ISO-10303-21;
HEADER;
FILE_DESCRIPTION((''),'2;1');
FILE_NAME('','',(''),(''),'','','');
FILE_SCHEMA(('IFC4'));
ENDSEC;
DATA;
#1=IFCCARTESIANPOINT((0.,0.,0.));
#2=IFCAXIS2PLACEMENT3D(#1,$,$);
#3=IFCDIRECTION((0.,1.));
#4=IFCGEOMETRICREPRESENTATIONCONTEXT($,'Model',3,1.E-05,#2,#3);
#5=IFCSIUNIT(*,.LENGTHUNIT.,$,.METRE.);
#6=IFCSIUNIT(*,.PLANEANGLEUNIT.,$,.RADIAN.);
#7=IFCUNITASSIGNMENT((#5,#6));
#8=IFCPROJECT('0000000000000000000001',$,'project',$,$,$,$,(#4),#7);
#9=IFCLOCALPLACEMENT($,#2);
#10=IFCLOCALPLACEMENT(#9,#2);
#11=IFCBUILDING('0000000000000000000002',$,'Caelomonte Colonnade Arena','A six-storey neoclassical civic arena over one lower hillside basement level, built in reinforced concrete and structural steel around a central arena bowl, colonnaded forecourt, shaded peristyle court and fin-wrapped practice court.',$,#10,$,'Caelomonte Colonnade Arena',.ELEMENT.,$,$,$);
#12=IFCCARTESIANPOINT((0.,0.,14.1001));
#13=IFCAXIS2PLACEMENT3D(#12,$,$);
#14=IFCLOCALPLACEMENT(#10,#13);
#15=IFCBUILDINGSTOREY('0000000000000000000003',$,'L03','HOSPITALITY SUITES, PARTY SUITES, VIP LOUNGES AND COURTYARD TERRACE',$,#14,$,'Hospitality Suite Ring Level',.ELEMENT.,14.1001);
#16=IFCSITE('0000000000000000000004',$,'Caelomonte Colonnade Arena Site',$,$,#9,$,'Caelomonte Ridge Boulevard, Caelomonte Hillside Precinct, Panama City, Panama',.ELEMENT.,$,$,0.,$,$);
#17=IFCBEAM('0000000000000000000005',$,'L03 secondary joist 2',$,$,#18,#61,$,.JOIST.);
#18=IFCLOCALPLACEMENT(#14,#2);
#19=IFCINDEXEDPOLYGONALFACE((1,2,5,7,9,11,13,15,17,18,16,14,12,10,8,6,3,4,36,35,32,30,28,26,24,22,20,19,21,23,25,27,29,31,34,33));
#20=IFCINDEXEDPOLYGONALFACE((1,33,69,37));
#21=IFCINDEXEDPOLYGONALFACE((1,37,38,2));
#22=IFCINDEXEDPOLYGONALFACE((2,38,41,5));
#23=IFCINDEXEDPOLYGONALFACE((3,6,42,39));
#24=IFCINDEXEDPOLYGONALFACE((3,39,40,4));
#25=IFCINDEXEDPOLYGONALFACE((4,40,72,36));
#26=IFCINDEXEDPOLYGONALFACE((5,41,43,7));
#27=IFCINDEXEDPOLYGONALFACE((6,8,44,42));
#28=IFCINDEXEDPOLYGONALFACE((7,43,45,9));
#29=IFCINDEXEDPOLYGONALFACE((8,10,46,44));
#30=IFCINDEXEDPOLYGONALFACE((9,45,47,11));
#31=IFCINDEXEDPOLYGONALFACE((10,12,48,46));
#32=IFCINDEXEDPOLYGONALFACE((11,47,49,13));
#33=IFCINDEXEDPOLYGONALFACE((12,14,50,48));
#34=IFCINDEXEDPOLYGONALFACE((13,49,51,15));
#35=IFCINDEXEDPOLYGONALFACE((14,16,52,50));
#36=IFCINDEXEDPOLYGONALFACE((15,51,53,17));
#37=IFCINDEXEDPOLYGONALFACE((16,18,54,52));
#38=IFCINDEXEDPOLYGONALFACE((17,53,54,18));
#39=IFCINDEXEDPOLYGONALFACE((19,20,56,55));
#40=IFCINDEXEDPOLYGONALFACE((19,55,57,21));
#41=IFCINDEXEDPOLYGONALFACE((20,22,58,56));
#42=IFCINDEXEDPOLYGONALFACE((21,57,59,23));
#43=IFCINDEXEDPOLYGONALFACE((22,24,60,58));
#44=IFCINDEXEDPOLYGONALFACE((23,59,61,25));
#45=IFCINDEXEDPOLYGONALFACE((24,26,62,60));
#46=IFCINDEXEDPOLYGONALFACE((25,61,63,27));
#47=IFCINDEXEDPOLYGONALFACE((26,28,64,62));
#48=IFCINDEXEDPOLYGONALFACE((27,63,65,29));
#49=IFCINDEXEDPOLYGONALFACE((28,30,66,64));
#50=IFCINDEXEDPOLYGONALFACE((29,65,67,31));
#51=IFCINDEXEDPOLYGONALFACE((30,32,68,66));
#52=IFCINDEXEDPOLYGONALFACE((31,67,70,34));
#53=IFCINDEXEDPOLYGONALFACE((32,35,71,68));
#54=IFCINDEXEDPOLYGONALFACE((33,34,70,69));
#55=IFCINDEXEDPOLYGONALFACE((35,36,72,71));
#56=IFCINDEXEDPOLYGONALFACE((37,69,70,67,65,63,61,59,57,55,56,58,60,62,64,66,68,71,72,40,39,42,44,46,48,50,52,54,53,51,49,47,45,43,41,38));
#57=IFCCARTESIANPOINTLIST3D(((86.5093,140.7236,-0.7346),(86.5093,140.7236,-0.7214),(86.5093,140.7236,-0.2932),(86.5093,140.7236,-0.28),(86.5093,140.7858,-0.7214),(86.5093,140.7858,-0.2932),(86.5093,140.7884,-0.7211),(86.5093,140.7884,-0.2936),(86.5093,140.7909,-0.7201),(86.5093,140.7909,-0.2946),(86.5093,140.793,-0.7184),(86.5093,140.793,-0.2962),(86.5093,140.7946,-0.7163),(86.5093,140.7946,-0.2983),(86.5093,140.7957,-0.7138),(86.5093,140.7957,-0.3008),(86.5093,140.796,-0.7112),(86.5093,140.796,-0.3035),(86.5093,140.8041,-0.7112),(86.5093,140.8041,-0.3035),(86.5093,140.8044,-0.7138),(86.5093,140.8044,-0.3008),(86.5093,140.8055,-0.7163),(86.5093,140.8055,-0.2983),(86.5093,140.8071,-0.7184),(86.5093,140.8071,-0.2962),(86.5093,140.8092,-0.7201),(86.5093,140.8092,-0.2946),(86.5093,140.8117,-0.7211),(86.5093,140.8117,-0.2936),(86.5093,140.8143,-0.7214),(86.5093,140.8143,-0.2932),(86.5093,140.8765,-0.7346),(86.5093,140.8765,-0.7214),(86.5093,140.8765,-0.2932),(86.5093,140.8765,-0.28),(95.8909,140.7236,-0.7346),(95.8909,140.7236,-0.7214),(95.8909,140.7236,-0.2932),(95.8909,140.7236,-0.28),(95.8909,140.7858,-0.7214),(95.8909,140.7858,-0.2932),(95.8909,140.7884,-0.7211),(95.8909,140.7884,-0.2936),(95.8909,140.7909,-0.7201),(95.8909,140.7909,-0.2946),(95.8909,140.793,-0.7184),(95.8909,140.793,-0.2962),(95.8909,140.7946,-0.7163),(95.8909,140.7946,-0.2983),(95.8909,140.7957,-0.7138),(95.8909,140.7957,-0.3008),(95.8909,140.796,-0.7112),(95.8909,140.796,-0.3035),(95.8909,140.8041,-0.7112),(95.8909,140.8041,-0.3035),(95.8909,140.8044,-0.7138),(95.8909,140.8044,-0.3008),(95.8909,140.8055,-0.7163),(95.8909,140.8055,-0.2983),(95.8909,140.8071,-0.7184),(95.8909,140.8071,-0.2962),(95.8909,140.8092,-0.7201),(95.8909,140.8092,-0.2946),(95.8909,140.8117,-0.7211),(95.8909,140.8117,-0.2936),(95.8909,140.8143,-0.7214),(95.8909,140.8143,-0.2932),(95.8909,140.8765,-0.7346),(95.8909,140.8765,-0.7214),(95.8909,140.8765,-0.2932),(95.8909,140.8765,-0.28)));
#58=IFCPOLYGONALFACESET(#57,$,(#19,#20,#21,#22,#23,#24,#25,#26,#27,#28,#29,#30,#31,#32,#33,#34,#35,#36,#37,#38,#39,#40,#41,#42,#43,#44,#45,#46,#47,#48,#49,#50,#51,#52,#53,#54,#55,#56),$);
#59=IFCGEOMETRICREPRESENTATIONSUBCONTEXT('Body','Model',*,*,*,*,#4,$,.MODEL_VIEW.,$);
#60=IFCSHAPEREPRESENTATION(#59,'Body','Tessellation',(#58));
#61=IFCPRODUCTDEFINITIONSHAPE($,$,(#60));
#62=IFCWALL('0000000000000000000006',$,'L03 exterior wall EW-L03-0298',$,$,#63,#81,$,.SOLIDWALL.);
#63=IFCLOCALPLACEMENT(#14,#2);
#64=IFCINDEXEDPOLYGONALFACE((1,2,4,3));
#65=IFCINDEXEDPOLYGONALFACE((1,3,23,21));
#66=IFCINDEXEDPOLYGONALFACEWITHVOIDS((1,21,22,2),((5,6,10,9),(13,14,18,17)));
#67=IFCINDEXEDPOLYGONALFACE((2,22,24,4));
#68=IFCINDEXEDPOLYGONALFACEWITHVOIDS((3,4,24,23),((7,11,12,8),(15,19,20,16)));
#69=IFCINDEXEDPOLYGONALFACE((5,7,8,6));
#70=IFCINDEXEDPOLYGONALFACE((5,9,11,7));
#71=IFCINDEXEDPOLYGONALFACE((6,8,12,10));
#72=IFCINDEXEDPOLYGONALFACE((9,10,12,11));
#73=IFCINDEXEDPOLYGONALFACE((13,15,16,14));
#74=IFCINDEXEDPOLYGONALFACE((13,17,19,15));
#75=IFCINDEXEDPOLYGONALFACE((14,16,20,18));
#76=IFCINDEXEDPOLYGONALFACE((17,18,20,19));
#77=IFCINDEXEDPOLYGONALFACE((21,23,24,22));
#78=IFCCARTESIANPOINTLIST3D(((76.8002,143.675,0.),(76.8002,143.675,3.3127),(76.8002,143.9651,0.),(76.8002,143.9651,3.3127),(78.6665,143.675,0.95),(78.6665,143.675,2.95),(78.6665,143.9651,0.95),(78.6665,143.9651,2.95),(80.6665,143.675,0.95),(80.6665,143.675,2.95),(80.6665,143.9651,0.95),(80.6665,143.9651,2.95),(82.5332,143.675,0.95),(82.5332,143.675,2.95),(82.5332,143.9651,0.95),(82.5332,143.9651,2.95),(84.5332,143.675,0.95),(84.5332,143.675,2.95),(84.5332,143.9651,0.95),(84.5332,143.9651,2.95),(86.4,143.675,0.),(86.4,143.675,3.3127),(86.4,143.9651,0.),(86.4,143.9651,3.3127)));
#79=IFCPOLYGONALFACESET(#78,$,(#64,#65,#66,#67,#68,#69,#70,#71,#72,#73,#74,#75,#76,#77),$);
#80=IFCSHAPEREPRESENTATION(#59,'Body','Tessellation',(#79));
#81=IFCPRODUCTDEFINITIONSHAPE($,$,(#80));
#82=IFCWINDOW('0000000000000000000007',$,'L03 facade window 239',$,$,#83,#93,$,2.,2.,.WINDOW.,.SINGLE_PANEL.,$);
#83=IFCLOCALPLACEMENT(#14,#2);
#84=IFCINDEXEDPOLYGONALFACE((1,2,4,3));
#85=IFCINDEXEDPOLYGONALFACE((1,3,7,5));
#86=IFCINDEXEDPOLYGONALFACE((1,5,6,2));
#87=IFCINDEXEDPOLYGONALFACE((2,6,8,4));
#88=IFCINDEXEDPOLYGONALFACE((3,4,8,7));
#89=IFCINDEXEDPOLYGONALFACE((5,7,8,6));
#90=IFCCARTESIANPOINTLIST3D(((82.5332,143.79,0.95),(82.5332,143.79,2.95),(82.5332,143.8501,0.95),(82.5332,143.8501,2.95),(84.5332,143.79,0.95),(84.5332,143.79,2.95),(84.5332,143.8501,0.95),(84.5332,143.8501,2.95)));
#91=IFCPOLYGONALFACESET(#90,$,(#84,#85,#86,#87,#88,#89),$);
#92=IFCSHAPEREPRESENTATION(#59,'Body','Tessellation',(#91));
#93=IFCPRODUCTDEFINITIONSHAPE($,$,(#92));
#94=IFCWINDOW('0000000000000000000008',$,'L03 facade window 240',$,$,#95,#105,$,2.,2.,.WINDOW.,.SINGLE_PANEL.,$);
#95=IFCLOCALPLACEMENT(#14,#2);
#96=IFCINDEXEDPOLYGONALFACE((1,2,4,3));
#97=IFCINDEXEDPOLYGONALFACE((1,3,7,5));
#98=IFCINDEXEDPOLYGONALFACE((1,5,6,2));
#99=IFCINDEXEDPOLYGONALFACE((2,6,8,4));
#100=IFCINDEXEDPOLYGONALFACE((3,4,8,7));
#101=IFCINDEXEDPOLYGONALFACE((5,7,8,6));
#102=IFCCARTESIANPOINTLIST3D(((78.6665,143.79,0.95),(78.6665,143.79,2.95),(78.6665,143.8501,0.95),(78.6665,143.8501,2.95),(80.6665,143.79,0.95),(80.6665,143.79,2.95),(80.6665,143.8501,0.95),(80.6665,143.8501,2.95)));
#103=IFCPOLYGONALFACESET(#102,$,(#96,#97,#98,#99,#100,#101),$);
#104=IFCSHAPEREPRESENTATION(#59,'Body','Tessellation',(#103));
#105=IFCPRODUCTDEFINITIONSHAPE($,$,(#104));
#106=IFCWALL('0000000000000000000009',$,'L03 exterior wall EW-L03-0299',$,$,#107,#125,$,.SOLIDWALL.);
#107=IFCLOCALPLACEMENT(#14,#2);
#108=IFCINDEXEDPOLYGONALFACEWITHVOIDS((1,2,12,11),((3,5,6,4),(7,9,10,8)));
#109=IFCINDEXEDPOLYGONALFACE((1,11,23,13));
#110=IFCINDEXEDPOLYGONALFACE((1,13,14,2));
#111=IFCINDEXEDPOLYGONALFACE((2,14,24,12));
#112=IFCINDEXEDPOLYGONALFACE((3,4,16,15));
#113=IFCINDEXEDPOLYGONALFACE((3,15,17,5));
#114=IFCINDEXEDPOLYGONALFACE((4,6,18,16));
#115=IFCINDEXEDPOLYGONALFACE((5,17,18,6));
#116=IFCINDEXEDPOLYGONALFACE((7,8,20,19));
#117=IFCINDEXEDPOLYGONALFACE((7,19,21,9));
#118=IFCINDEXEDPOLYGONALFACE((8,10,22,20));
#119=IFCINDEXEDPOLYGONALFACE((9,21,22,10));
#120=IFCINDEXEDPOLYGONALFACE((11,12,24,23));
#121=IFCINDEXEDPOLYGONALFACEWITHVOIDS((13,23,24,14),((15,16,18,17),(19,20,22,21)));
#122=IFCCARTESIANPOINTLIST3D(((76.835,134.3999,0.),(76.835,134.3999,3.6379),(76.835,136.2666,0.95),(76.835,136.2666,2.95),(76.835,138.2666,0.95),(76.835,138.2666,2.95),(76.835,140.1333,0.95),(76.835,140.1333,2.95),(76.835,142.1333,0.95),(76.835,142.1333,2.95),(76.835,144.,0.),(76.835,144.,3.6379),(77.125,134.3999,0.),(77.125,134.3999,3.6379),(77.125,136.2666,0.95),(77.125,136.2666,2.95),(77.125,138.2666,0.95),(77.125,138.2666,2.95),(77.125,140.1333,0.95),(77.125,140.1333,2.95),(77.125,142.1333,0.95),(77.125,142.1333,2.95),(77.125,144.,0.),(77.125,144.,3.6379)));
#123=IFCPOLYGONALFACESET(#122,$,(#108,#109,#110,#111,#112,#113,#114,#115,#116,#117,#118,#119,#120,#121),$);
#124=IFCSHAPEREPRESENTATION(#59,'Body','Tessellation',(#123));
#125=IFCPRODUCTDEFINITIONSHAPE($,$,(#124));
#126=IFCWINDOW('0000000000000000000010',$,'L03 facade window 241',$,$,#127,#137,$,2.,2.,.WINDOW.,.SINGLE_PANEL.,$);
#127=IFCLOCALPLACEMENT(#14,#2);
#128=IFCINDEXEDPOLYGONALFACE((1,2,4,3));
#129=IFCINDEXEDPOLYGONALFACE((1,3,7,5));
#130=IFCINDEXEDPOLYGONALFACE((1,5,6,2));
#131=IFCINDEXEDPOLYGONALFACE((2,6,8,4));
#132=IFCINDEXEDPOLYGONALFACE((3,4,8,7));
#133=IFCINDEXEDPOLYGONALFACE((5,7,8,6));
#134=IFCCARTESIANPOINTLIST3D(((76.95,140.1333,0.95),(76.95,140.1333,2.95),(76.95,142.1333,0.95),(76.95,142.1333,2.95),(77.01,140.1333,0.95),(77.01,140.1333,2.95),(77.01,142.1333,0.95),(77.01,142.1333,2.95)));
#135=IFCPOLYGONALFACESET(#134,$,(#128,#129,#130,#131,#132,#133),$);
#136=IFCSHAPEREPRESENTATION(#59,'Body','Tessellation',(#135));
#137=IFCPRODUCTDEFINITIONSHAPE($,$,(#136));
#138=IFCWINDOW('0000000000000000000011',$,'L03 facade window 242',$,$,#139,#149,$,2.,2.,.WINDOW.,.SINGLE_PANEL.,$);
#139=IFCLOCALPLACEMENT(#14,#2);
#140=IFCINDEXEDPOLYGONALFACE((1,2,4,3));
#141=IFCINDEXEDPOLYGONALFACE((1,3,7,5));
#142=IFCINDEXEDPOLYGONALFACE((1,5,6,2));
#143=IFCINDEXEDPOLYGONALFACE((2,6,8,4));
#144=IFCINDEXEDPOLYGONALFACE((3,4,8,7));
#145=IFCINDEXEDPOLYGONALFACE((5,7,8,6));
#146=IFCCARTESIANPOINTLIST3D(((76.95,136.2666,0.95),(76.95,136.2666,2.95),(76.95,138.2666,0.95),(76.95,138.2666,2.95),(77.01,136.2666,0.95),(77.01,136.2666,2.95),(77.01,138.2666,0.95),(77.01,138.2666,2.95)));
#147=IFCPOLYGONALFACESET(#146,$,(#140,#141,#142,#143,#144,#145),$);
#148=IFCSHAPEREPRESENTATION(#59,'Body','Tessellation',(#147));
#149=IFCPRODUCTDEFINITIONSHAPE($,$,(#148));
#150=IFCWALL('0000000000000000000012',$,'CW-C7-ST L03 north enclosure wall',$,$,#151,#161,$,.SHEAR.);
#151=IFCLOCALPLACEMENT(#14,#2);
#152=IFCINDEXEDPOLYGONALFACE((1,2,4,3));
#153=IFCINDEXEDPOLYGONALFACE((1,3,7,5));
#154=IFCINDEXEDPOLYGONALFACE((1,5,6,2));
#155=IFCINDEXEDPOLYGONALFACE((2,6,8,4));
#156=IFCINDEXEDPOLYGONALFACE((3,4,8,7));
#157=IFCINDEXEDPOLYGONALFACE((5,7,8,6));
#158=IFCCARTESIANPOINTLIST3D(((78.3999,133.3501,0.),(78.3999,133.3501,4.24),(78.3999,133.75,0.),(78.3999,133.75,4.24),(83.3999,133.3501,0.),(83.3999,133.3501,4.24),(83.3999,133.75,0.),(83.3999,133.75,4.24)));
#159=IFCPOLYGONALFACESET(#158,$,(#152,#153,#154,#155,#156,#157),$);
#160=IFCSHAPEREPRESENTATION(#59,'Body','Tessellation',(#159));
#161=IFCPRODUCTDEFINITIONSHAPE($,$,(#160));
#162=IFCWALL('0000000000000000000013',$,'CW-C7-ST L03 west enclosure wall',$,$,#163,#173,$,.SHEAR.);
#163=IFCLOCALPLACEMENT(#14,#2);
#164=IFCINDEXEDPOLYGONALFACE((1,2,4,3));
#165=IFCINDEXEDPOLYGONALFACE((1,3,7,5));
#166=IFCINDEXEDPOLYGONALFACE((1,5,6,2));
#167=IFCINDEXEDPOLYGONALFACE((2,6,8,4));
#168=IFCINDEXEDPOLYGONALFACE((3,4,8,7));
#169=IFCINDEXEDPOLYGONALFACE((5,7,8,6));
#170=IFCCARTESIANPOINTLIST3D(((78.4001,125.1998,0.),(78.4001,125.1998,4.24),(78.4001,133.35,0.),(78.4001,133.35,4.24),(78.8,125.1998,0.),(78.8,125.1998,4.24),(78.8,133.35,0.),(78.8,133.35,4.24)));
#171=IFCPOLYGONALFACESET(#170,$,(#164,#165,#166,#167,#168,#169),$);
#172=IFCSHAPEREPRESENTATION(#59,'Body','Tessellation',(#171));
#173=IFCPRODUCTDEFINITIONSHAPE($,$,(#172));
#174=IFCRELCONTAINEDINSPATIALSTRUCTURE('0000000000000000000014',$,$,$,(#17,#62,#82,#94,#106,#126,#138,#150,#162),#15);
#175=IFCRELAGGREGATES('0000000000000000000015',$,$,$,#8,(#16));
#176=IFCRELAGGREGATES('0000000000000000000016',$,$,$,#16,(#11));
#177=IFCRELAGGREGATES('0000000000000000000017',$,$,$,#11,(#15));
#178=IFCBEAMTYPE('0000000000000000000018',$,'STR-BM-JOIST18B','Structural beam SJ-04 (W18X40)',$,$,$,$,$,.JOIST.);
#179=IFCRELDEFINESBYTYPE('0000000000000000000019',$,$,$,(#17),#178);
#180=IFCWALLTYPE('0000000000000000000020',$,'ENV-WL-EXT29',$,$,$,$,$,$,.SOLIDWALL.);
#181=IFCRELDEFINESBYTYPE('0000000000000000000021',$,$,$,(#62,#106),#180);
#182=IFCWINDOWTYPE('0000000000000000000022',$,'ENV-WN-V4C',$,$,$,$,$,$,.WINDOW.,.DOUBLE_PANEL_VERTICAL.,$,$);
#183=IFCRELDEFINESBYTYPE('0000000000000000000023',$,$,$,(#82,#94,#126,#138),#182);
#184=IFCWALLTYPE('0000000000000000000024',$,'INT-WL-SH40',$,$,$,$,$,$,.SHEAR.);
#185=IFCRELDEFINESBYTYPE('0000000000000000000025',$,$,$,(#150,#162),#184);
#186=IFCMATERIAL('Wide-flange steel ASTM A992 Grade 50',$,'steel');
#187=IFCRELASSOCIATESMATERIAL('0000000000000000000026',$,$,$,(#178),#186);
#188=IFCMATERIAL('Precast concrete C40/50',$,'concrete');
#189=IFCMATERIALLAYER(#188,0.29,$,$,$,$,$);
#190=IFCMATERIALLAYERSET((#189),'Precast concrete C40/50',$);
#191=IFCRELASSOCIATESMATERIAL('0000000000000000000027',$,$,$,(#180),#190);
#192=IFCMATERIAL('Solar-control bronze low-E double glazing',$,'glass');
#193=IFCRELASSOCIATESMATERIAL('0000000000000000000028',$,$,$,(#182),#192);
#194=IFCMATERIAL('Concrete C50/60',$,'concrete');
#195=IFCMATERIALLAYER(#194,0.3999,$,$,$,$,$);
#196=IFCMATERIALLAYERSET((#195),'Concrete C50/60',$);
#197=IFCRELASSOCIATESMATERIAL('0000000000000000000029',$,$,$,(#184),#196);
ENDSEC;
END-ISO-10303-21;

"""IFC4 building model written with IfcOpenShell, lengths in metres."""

from ifc_helpers import new_model, si_unit, direction, frame, frame_2d, origin, origin_2d, place, context, subcontext, project, spatial, rectangle, i_section, extrude, material, layer, layer_set, material_profile, profile_set, type_object, element, fill, save


model = new_model("IFC4")

# Units and contexts
model_context = context("Model", 3, precision=1e-05, world=origin(), true_north=direction((0.0, 1.0)))
body_context = subcontext(model_context, "Body", "Model", "MODEL_VIEW")
ifc_project = project(units=[si_unit("LENGTHUNIT", "METRE"), si_unit("PLANEANGLEUNIT", "RADIAN")], contexts=[model_context])

# Site, building, storey
site_placement = place(None, origin())
site = spatial("IfcSite", under=ifc_project, at=site_placement, Name="Caelomonte Colonnade Arena Site", LongName="Caelomonte Ridge Boulevard, Caelomonte Hillside Precinct, Panama City, Panama", CompositionType="ELEMENT", RefElevation=0.0)
building_placement = place(site_placement, origin())
building = spatial("IfcBuilding", under=site, at=building_placement, Name="Caelomonte Colonnade Arena", Description="A six-storey neoclassical civic arena over one lower hillside basement level, built in reinforced concrete and structural steel around a central arena bowl, colonnaded forecourt, shaded peristyle court and fin-wrapped practice court.", LongName="Caelomonte Colonnade Arena", CompositionType="ELEMENT")
storey_placement = place(building_placement, frame((0.0, 0.0, 14.1001)))
storey = spatial("IfcBuildingStorey", under=building, at=storey_placement, Name="L03", Description="HOSPITALITY SUITES, PARTY SUITES, VIP LOUNGES AND COURTYARD TERRACE", LongName="Hospitality Suite Ring Level", CompositionType="ELEMENT", Elevation=14.1001)

# Beam
ifc_material_1 = material(Name="Wide-flange steel ASTM A992 Grade 50", Category="steel")
ifc_material_profile_1 = material_profile(ifc_material_1, i_section(OverallWidth=0.1528, OverallDepth=0.4546, WebThickness=0.0081, FlangeThickness=0.0132, FilletRadius=0.0103, at=origin_2d()), Name="W18X40")
ifc_profile_set_1 = profile_set([ifc_material_profile_1], Name="Wide-flange steel ASTM A992 Grade 50")
beam_type_1 = type_object("IfcBeamType", Name="STR-BM-JOIST18B", Description="Structural beam SJ-04 (W18X40)", PredefinedType="JOIST", material=ifc_profile_set_1)
for number, where, z_axis, x_axis, name in (
    (1, (86.5093, 140.8, -0.5073), (1.0, 0.0, 0.0), (0.0, 1.0, 0.0), "L03 secondary joist 2"),
):
    element("IfcBeam", number, at=place(storey_placement, frame(where, z_axis=z_axis, x_axis=x_axis)), inside=storey, type_object=beam_type_1, Name=name, PredefinedType="JOIST", context=body_context, shape_type="SweptSolid", body=[
        extrude(i_section(OverallWidth=0.1528, OverallDepth=0.4546, WebThickness=0.0081, FlangeThickness=0.0132, FilletRadius=0.0103, at=origin_2d()), origin(), (0.0, 0.0, 1.0), 9.3816),
    ])

# Walls, openings, windows
ifc_material_2 = material(Name="Precast concrete C40/50", Category="concrete")
ifc_layer_1 = layer(ifc_material_2, 0.29)
ifc_layer_set_1 = layer_set([ifc_layer_1], Name="Precast concrete C40/50")
wall_type_1 = type_object("IfcWallType", Name="ENV-WL-EXT29", PredefinedType="SOLIDWALL", material=ifc_layer_set_1)
wall_1_placement = place(storey_placement, frame((86.3999, 143.8201, 0.0), z_axis=(0.0, 0.0, 1.0), x_axis=(-1.0, 0.0, 0.0)))
wall_1 = element("IfcWall", 2, at=wall_1_placement, inside=storey, type_object=wall_type_1, Name="L03 exterior wall EW-L03-0298", PredefinedType="SOLIDWALL", context=body_context, shape_type="SweptSolid", body=[
    extrude(rectangle(XDim=9.5999, YDim=0.29, at=frame_2d((4.7998, 0.0))), origin(), (0.0, 0.0, 1.0), 3.3127),
])
opening_1_placement = place(wall_1_placement, frame((3.8667, 0.0, 0.95), z_axis=(0.0, 0.0, 1.0), x_axis=(-1.0, 0.0, 0.0)))
opening_1 = element("IfcOpeningElement", 3, at=opening_1_placement, cuts=wall_1, PredefinedType="OPENING", context=body_context, shape_type="SweptSolid", body=[
    extrude(rectangle(XDim=2.0, YDim=2.0, at=frame_2d((1.0, 1.0))), frame((0.0, 0.155, 0.0), z_axis=(0.0, -1.0, 0.0), x_axis=(1.0, 0.0, 0.0)), (0.0, 0.0, 1.0), 0.3101),
])
opening_2_placement = place(wall_1_placement, frame((7.7334, 0.0, 0.95), z_axis=(0.0, 0.0, 1.0), x_axis=(-1.0, 0.0, 0.0)))
opening_2 = element("IfcOpeningElement", 4, at=opening_2_placement, cuts=wall_1, PredefinedType="OPENING", context=body_context, shape_type="SweptSolid", body=[
    extrude(rectangle(XDim=2.0, YDim=2.0, at=frame_2d((1.0, 1.0))), frame((0.0, 0.155, 0.0), z_axis=(0.0, -1.0, 0.0), x_axis=(1.0, 0.0, 0.0)), (0.0, 0.0, 1.0), 0.3101),
])
ifc_material_3 = material(Name="Solar-control bronze low-E double glazing", Category="glass")
window_type = type_object("IfcWindowType", Name="ENV-WN-V4C", PartitioningType="DOUBLE_PANEL_VERTICAL", PredefinedType="WINDOW", material=ifc_material_3)
window_1_placement = place(opening_1_placement, origin())
window_1 = element("IfcWindow", 5, at=window_1_placement, inside=storey, type_object=window_type, Name="L03 facade window 239", OverallHeight=2.0, OverallWidth=2.0, PartitioningType="SINGLE_PANEL", PredefinedType="WINDOW", context=body_context, shape_type="SweptSolid", body=[
    extrude(rectangle(XDim=2.0, YDim=2.0, at=frame_2d((1.0, 1.0))), frame((0.0, 0.03, 0.0), z_axis=(0.0, -1.0, 0.0), x_axis=(1.0, 0.0, 0.0)), (0.0, 0.0, 1.0), 0.0601),
])
fill(opening_1, window_1)
window_2_placement = place(opening_2_placement, origin())
window_2 = element("IfcWindow", 6, at=window_2_placement, inside=storey, type_object=window_type, Name="L03 facade window 240", OverallHeight=2.0, OverallWidth=2.0, PartitioningType="SINGLE_PANEL", PredefinedType="WINDOW", context=body_context, shape_type="SweptSolid", body=[
    extrude(rectangle(XDim=2.0, YDim=2.0, at=frame_2d((1.0, 1.0))), frame((0.0, 0.03, 0.0), z_axis=(0.0, -1.0, 0.0), x_axis=(1.0, 0.0, 0.0)), (0.0, 0.0, 1.0), 0.0601),
])
fill(opening_2, window_2)
wall_2_placement = place(storey_placement, frame((76.98, 144.0, 0.0), z_axis=(0.0, 0.0, 1.0), x_axis=(0.0, -1.0, 0.0)))
wall_2 = element("IfcWall", 7, at=wall_2_placement, inside=storey, type_object=wall_type_1, Name="L03 exterior wall EW-L03-0299", PredefinedType="SOLIDWALL", context=body_context, shape_type="SweptSolid", body=[
    extrude(rectangle(XDim=9.6001, YDim=0.29, at=frame_2d((4.8, 0.0))), origin(), (0.0, 0.0, 1.0), 3.6379),
])
opening_3_placement = place(wall_2_placement, frame((3.8667, 0.0, 0.95), z_axis=(0.0, 0.0, 1.0), x_axis=(-1.0, 0.0, 0.0)))
opening_3 = element("IfcOpeningElement", 8, at=opening_3_placement, cuts=wall_2, PredefinedType="OPENING", context=body_context, shape_type="SweptSolid", body=[
    extrude(rectangle(XDim=2.0, YDim=2.0, at=frame_2d((1.0, 1.0))), frame((0.0, 0.155, 0.0), z_axis=(0.0, -1.0, 0.0), x_axis=(1.0, 0.0, 0.0)), (0.0, 0.0, 1.0), 0.3101),
])
opening_4_placement = place(wall_2_placement, frame((7.7334, 0.0, 0.95), z_axis=(0.0, 0.0, 1.0), x_axis=(-1.0, 0.0, 0.0)))
opening_4 = element("IfcOpeningElement", 9, at=opening_4_placement, cuts=wall_2, PredefinedType="OPENING", context=body_context, shape_type="SweptSolid", body=[
    extrude(rectangle(XDim=2.0, YDim=2.0, at=frame_2d((1.0, 1.0))), frame((0.0, 0.155, 0.0), z_axis=(0.0, -1.0, 0.0), x_axis=(1.0, 0.0, 0.0)), (0.0, 0.0, 1.0), 0.3101),
])
window_3_placement = place(opening_3_placement, origin())
window_3 = element("IfcWindow", 10, at=window_3_placement, inside=storey, type_object=window_type, Name="L03 facade window 241", OverallHeight=2.0, OverallWidth=2.0, PartitioningType="SINGLE_PANEL", PredefinedType="WINDOW", context=body_context, shape_type="SweptSolid", body=[
    extrude(rectangle(XDim=2.0, YDim=2.0, at=frame_2d((1.0, 1.0))), frame((0.0, 0.03, 0.0), z_axis=(0.0, -1.0, 0.0), x_axis=(1.0, 0.0, 0.0)), (0.0, 0.0, 1.0), 0.0601),
])
fill(opening_3, window_3)
window_4_placement = place(opening_4_placement, origin())
window_4 = element("IfcWindow", 11, at=window_4_placement, inside=storey, type_object=window_type, Name="L03 facade window 242", OverallHeight=2.0, OverallWidth=2.0, PartitioningType="SINGLE_PANEL", PredefinedType="WINDOW", context=body_context, shape_type="SweptSolid", body=[
    extrude(rectangle(XDim=2.0, YDim=2.0, at=frame_2d((1.0, 1.0))), frame((0.0, 0.03, 0.0), z_axis=(0.0, -1.0, 0.0), x_axis=(1.0, 0.0, 0.0)), (0.0, 0.0, 1.0), 0.0601),
])
fill(opening_4, window_4)

# Walls
ifc_material_4 = material(Name="Concrete C50/60", Category="concrete")
ifc_layer_2 = layer(ifc_material_4, 0.3999)
ifc_layer_set_2 = layer_set([ifc_layer_2], Name="Concrete C50/60")
wall_type_2 = type_object("IfcWallType", Name="INT-WL-SH40", PredefinedType="SHEAR", material=ifc_layer_set_2)
wall_3_placement = place(storey_placement, frame((83.3999, 133.55, 0.0), z_axis=(0.0, 0.0, 1.0), x_axis=(-1.0, 0.0, 0.0)))
element("IfcWall", 12, at=wall_3_placement, inside=storey, type_object=wall_type_2, Name="CW-C7-ST L03 north enclosure wall", PredefinedType="SHEAR", context=body_context, shape_type="SweptSolid", body=[
    extrude(rectangle(XDim=5.0, YDim=0.3999, at=frame_2d((2.5, 0.0))), origin(), (0.0, 0.0, 1.0), 4.24),
])
wall_4_placement = place(storey_placement, frame((78.6001, 133.3501, 0.0), z_axis=(0.0, 0.0, 1.0), x_axis=(0.0, -1.0, 0.0)))
element("IfcWall", 13, at=wall_4_placement, inside=storey, type_object=wall_type_2, Name="CW-C7-ST L03 west enclosure wall", PredefinedType="SHEAR", context=body_context, shape_type="SweptSolid", body=[
    extrude(rectangle(XDim=8.1501, YDim=0.3999, at=frame_2d((4.0752, 0.0))), origin(), (0.0, 0.0, 1.0), 4.24),
])

save(model, "model.ifc")
